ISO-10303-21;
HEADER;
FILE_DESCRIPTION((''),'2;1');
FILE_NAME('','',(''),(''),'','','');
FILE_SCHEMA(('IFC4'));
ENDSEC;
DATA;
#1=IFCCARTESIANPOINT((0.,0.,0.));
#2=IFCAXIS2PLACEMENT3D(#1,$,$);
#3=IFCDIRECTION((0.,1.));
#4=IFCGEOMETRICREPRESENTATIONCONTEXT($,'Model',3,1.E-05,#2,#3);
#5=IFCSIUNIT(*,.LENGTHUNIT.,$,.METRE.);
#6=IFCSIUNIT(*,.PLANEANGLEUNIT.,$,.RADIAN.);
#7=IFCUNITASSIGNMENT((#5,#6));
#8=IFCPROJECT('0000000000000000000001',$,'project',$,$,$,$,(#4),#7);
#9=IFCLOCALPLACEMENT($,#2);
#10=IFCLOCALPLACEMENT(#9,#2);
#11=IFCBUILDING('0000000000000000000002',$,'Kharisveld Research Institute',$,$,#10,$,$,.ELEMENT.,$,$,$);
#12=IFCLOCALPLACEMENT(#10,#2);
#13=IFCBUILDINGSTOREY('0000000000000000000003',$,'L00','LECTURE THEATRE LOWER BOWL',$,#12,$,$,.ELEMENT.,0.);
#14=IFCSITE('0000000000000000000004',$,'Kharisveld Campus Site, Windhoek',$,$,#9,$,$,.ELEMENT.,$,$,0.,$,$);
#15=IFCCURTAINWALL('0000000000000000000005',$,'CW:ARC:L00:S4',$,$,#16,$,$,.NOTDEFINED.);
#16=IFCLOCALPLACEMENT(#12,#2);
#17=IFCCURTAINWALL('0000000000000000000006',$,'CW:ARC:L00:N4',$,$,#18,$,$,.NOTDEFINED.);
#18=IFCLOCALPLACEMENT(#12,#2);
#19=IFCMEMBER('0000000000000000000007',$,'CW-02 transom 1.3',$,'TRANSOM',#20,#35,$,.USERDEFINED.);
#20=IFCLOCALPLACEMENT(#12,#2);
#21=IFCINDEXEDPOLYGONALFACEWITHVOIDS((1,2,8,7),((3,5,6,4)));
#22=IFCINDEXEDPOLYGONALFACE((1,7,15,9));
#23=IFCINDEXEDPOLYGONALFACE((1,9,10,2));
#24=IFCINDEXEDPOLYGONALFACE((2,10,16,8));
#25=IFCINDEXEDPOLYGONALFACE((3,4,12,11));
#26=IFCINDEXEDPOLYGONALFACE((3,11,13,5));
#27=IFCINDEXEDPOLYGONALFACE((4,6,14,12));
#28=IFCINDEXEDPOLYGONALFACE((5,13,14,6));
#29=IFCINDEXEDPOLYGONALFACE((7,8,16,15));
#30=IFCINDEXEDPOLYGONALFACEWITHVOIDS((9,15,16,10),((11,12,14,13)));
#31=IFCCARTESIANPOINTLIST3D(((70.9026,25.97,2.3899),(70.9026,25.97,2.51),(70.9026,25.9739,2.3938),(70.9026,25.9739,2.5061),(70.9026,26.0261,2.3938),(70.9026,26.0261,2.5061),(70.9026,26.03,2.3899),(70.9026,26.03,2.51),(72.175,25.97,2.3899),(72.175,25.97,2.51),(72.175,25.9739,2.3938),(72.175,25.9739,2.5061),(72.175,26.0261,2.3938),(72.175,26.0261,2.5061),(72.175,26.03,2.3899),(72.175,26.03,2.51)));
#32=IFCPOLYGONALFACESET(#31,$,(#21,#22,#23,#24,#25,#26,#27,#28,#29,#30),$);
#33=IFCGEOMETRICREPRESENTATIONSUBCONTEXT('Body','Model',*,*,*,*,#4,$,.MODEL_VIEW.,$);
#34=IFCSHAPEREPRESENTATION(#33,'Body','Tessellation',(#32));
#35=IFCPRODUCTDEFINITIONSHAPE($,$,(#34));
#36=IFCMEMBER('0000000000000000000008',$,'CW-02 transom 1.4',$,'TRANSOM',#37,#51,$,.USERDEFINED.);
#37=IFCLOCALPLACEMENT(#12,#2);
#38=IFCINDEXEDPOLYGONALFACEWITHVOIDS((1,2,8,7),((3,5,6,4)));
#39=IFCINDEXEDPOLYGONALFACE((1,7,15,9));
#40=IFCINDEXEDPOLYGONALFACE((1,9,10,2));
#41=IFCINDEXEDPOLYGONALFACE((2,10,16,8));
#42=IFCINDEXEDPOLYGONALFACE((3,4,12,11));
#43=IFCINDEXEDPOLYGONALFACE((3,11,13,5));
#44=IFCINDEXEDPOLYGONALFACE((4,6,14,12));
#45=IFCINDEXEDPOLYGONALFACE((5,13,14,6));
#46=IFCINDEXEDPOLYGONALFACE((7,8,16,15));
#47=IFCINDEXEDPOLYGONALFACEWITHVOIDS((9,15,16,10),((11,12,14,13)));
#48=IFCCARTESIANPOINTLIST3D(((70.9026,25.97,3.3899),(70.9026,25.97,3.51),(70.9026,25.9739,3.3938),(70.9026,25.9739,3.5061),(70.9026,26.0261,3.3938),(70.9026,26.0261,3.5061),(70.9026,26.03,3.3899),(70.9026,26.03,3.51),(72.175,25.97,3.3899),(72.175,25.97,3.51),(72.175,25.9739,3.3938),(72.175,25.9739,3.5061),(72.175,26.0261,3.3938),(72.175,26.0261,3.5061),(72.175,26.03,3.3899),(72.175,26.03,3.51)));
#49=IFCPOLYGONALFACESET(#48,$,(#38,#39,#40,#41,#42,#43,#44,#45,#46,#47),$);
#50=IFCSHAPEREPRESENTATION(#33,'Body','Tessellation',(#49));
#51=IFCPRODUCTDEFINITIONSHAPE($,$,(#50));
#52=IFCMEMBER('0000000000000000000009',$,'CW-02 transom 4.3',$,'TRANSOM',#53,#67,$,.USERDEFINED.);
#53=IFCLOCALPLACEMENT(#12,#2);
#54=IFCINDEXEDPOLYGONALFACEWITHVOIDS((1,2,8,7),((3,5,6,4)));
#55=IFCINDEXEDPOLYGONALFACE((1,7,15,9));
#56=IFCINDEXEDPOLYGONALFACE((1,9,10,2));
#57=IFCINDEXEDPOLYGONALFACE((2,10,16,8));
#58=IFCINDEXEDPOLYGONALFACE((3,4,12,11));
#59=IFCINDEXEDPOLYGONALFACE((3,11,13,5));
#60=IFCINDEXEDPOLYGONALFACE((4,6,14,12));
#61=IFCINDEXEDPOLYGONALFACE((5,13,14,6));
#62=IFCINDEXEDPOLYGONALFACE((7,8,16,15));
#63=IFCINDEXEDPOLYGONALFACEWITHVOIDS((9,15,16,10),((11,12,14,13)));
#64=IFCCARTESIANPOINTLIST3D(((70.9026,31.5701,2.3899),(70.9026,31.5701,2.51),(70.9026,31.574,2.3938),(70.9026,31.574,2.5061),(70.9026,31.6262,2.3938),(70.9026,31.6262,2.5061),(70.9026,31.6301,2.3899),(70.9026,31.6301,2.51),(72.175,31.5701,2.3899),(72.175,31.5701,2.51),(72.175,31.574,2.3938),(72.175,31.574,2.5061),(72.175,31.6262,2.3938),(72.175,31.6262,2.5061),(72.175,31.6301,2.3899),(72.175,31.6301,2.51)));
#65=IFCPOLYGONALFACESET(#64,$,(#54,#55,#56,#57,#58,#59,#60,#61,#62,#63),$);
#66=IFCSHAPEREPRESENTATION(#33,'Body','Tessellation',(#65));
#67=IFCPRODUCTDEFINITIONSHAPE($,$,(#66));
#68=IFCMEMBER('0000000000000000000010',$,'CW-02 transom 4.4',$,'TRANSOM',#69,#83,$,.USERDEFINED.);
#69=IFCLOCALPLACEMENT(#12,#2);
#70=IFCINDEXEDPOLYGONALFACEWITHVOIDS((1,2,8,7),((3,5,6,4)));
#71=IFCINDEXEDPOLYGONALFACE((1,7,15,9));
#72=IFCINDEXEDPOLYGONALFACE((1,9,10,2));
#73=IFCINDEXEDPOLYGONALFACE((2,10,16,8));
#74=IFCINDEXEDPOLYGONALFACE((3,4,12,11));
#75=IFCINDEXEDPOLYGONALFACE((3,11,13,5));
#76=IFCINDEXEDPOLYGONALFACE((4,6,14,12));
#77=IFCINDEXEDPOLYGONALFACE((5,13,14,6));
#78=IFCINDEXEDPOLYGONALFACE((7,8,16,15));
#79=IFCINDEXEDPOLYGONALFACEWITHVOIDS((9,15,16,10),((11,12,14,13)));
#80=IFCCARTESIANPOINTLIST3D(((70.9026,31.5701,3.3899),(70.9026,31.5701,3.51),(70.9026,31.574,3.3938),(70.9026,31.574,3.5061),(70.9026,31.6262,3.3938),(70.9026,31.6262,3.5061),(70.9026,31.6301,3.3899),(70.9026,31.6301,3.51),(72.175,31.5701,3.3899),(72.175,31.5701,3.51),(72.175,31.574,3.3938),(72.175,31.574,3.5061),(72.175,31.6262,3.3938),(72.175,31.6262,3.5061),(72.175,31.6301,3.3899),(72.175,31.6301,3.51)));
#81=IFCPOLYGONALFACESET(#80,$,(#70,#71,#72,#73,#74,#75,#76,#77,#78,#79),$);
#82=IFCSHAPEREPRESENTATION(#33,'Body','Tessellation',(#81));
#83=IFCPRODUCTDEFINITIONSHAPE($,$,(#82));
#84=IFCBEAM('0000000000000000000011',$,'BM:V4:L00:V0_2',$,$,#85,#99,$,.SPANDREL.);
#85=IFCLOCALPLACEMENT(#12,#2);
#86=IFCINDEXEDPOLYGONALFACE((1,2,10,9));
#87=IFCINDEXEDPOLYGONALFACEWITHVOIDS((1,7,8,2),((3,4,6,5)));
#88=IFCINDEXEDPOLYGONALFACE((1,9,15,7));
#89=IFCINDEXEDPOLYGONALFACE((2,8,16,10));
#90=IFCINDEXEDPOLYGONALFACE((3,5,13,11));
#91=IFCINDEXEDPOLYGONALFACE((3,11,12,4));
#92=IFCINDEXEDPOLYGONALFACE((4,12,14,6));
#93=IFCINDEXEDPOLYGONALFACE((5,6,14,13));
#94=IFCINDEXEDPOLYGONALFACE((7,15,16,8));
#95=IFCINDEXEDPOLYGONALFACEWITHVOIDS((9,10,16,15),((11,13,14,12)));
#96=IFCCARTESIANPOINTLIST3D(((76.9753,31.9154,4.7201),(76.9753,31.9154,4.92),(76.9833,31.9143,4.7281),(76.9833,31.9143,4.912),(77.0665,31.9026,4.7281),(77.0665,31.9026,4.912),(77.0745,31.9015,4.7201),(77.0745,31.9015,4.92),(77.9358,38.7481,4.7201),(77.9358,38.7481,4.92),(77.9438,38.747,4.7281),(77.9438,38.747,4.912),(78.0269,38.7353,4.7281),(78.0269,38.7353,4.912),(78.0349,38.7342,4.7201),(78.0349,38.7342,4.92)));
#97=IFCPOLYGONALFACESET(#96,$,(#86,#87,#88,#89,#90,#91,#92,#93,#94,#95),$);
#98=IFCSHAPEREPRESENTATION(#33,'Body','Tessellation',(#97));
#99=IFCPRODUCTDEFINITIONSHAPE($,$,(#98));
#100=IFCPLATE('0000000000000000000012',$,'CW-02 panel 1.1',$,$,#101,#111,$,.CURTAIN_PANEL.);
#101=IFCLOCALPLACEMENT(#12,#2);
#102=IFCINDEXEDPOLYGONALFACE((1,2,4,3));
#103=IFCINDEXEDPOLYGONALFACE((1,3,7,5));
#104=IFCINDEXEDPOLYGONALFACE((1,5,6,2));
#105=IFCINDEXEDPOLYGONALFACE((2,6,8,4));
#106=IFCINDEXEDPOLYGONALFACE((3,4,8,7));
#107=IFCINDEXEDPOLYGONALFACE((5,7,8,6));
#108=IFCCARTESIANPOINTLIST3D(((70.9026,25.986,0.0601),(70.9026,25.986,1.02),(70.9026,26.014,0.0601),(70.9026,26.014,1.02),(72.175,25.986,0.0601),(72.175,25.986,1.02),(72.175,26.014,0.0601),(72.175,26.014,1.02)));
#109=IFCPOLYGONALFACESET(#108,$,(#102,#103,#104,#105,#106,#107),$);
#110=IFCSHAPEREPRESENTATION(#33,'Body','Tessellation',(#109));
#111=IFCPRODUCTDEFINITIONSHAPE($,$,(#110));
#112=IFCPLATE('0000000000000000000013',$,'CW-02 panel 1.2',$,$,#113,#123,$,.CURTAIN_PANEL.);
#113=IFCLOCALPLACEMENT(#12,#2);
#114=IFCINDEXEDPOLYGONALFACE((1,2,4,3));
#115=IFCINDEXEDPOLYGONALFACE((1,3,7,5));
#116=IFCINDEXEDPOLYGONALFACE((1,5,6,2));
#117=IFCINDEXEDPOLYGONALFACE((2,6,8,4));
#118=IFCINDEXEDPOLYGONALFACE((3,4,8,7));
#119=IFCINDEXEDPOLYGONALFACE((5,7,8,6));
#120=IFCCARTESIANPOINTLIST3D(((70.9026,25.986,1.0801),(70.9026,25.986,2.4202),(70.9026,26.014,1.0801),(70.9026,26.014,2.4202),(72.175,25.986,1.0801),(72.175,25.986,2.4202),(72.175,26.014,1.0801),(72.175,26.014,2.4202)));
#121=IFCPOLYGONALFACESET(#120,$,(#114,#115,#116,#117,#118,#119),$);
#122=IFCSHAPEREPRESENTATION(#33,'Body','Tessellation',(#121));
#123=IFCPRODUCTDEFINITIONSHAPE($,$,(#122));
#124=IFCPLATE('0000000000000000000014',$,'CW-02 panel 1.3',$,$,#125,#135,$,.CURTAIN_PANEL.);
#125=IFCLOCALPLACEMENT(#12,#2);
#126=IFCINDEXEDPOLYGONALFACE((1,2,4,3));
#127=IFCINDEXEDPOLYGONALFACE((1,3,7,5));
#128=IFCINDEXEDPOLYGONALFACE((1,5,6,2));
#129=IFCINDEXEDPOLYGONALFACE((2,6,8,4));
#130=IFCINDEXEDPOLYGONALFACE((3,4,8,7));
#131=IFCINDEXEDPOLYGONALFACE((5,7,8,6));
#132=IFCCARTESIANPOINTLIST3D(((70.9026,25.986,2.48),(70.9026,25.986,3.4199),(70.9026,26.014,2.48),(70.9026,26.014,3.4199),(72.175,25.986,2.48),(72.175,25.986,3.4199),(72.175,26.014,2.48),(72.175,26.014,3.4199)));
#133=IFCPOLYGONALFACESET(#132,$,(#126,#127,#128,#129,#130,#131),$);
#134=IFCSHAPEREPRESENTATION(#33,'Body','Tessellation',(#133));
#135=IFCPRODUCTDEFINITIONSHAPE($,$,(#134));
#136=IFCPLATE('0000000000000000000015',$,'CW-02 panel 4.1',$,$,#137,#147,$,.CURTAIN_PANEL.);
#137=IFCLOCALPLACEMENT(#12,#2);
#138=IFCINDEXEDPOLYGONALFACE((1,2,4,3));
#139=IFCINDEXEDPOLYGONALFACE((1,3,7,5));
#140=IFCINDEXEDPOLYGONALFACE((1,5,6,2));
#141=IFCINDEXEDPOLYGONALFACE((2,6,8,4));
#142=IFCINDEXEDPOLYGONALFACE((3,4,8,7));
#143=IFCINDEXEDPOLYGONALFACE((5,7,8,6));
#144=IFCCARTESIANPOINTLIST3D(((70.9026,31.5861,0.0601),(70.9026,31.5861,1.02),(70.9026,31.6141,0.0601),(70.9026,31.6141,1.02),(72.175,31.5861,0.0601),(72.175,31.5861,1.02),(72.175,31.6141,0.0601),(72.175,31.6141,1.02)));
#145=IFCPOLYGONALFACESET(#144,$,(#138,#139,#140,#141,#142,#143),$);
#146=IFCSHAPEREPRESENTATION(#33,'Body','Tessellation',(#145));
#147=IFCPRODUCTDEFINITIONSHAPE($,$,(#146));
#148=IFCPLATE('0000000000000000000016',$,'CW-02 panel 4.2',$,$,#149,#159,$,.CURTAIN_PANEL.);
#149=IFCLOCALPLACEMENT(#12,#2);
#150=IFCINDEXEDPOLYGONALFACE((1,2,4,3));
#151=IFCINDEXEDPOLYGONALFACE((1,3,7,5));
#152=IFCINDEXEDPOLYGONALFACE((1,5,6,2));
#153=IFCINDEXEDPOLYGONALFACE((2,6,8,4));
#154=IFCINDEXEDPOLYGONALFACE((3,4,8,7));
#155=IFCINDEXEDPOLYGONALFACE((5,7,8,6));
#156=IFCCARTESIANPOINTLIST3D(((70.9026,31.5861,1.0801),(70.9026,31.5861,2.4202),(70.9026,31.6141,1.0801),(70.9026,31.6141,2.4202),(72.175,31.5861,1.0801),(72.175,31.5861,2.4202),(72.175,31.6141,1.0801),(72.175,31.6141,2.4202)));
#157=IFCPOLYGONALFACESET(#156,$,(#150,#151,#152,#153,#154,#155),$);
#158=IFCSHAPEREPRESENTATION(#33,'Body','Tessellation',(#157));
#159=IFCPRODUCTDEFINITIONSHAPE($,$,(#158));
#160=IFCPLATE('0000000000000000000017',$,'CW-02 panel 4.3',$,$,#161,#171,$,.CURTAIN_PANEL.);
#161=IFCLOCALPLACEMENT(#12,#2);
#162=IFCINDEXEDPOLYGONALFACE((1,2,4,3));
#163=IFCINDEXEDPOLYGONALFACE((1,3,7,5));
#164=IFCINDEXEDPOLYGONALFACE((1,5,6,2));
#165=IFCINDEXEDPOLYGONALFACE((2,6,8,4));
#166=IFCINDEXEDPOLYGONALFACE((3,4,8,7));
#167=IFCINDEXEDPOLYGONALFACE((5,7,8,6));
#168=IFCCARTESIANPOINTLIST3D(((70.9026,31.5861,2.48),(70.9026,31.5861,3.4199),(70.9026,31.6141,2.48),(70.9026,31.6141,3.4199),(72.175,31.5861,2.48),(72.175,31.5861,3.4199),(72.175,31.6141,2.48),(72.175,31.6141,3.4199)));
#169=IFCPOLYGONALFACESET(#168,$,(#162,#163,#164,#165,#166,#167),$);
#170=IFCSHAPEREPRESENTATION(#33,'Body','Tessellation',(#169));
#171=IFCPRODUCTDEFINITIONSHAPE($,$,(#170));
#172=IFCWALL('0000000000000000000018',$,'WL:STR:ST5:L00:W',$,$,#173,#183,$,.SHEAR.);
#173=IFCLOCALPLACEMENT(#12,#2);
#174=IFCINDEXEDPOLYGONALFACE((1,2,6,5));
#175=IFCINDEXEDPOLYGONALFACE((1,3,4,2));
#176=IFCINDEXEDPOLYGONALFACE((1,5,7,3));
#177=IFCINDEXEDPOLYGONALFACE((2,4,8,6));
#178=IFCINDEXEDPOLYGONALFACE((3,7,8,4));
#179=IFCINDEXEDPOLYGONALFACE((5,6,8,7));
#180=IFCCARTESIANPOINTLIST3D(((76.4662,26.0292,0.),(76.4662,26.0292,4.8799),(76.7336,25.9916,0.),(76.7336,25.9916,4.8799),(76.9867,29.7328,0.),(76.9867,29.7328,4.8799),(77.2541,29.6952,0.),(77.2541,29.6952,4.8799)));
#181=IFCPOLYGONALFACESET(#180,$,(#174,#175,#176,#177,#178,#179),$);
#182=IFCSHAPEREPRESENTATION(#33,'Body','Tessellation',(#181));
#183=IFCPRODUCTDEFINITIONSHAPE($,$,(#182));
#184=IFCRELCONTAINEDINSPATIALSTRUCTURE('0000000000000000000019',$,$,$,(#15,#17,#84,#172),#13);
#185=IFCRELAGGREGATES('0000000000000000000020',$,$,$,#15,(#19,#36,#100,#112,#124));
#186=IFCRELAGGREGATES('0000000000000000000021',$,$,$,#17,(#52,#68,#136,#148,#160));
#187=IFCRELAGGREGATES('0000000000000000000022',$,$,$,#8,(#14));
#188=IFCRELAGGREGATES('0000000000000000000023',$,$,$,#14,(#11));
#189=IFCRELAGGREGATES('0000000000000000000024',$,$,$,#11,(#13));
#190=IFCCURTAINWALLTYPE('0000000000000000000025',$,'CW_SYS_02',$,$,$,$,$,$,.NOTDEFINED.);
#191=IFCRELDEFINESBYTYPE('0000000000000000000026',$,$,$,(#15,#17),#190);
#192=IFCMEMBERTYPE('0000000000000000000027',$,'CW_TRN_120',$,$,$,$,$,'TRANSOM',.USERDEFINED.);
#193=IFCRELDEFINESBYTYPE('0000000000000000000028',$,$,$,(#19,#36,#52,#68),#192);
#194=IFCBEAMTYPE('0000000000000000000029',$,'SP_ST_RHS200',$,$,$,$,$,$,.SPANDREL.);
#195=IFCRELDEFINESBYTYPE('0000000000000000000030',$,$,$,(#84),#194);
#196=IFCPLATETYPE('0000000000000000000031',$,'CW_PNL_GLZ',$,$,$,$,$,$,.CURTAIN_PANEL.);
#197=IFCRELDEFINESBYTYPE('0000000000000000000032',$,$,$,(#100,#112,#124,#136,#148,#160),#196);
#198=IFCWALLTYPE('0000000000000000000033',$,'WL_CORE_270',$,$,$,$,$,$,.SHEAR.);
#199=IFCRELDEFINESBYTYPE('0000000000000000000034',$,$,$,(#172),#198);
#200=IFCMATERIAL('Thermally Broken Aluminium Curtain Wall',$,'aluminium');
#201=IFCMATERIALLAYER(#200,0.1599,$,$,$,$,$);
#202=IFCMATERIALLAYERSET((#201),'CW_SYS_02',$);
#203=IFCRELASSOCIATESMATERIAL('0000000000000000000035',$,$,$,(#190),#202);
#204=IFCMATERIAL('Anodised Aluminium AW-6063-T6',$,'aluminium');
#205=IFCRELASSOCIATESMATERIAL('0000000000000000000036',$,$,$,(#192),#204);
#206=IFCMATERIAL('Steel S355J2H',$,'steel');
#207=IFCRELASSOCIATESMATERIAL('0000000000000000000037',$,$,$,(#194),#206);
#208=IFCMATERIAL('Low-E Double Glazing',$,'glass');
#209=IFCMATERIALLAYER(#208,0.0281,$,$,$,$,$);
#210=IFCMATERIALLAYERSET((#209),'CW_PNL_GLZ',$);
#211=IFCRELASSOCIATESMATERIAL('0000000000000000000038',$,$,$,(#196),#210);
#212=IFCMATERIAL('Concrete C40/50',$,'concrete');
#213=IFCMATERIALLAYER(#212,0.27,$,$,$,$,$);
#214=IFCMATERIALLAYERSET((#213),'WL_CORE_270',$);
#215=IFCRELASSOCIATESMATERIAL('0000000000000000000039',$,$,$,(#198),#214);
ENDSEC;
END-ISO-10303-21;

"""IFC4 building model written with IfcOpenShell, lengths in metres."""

from ifc_helpers import new_model, si_unit, direction, frame, frame_2d, origin, origin_2d, place, context, subcontext, project, spatial, rectangle, hollow_rectangle, extrude, material, layer, layer_set, material_profile, profile_set, type_object, element, aggregate, save


model = new_model("IFC4")

# Units and contexts
model_context = context("Model", 3, precision=1e-05, world=origin(), true_north=direction((0.0, 1.0)))
body_context = subcontext(model_context, "Body", "Model", "MODEL_VIEW")
ifc_project = project(units=[si_unit("LENGTHUNIT", "METRE"), si_unit("PLANEANGLEUNIT", "RADIAN")], contexts=[model_context])

# Site, building, storey
site_placement = place(None, origin())
site = spatial("IfcSite", under=ifc_project, at=site_placement, Name="Kharisveld Campus Site, Windhoek", CompositionType="ELEMENT", RefElevation=0.0)
building_placement = place(site_placement, origin())
building = spatial("IfcBuilding", under=site, at=building_placement, Name="Kharisveld Research Institute", CompositionType="ELEMENT")
storey_placement = place(building_placement, origin())
storey = spatial("IfcBuildingStorey", under=building, at=storey_placement, Name="L00", Description="LECTURE THEATRE LOWER BOWL", CompositionType="ELEMENT", Elevation=0.0)

# Curtain walls
ifc_material_1 = material(Name="Thermally Broken Aluminium Curtain Wall", Category="aluminium")
ifc_layer_1 = layer(ifc_material_1, 0.1599)
ifc_layer_set_1 = layer_set([ifc_layer_1], Name="CW_SYS_02")
curtain_wall_type = type_object("IfcCurtainWallType", Name="CW_SYS_02", PredefinedType="NOTDEFINED", material=ifc_layer_set_1)
curtain_wall_1_placement = place(storey_placement, origin())
curtain_wall_1 = element("IfcCurtainWall", 1, at=curtain_wall_1_placement, inside=storey, type_object=curtain_wall_type, Name="CW:ARC:L00:S4", PredefinedType="NOTDEFINED")
curtain_wall_2_placement = place(storey_placement, origin())
curtain_wall_2 = element("IfcCurtainWall", 2, at=curtain_wall_2_placement, inside=storey, type_object=curtain_wall_type, Name="CW:ARC:L00:N4", PredefinedType="NOTDEFINED")

# Members
ifc_material_2 = material(Name="Anodised Aluminium AW-6063-T6", Category="aluminium")
ifc_material_profile_1 = material_profile(ifc_material_2, hollow_rectangle(XDim=0.0601, YDim=0.1201, WallThickness=0.0039, at=origin_2d()))
ifc_profile_set_1 = profile_set([ifc_material_profile_1], Name="Anodised Aluminium AW-6063-T6")
member_type_1 = type_object("IfcMemberType", Name="CW_TRN_120", ElementType="TRANSOM", PredefinedType="USERDEFINED", material=ifc_profile_set_1)
member_1_placement = place(storey_placement, frame((72.175, 26.0, 2.45), z_axis=(-1.0, 0.0, 0.0), x_axis=(0.0, -1.0, 0.0)))
member_1 = element("IfcMember", 3, at=member_1_placement, type_object=member_type_1, Name="CW-02 transom 1.3", ObjectType="TRANSOM", PredefinedType="USERDEFINED", context=body_context, shape_type="SweptSolid", body=[
    extrude(hollow_rectangle(XDim=0.0601, YDim=0.1201, WallThickness=0.0039, at=origin_2d()), origin(), (0.0, 0.0, 1.0), 1.2725),
])
member_2_placement = place(storey_placement, frame((72.175, 26.0, 3.45), z_axis=(-1.0, 0.0, 0.0), x_axis=(0.0, -1.0, 0.0)))
member_2 = element("IfcMember", 4, at=member_2_placement, type_object=member_type_1, Name="CW-02 transom 1.4", ObjectType="TRANSOM", PredefinedType="USERDEFINED", context=body_context, shape_type="SweptSolid", body=[
    extrude(hollow_rectangle(XDim=0.0601, YDim=0.1201, WallThickness=0.0039, at=origin_2d()), origin(), (0.0, 0.0, 1.0), 1.2725),
])
member_3_placement = place(storey_placement, frame((70.9026, 31.6001, 2.45), z_axis=(1.0, 0.0, 0.0), x_axis=(0.0, 1.0, 0.0)))
member_3 = element("IfcMember", 5, at=member_3_placement, type_object=member_type_1, Name="CW-02 transom 4.3", ObjectType="TRANSOM", PredefinedType="USERDEFINED", context=body_context, shape_type="SweptSolid", body=[
    extrude(hollow_rectangle(XDim=0.0601, YDim=0.1201, WallThickness=0.0039, at=origin_2d()), origin(), (0.0, 0.0, 1.0), 1.2725),
])
member_4_placement = place(storey_placement, frame((70.9026, 31.6001, 3.45), z_axis=(1.0, 0.0, 0.0), x_axis=(0.0, 1.0, 0.0)))
member_4 = element("IfcMember", 6, at=member_4_placement, type_object=member_type_1, Name="CW-02 transom 4.4", ObjectType="TRANSOM", PredefinedType="USERDEFINED", context=body_context, shape_type="SweptSolid", body=[
    extrude(hollow_rectangle(XDim=0.0601, YDim=0.1201, WallThickness=0.0039, at=origin_2d()), origin(), (0.0, 0.0, 1.0), 1.2725),
])

# Beam
ifc_material_3 = material(Name="Steel S355J2H", Category="steel")
ifc_material_profile_2 = material_profile(ifc_material_3, hollow_rectangle(XDim=0.1001, YDim=0.2, WallThickness=0.0081, at=origin_2d()))
ifc_profile_set_2 = profile_set([ifc_material_profile_2], Name="Steel S355J2H")
beam_type_1 = type_object("IfcBeamType", Name="SP_ST_RHS200", PredefinedType="SPANDREL", material=ifc_profile_set_2)
beam_1_placement = place(storey_placement, frame((77.0249, 31.9084, 4.8201), z_axis=(0.139197, 0.990265, 0.0), x_axis=(-0.990265, 0.139197, 0.0)))
element("IfcBeam", 7, at=beam_1_placement, inside=storey, type_object=beam_type_1, Name="BM:V4:L00:V0_2", PredefinedType="SPANDREL", context=body_context, shape_type="SweptSolid", body=[
    extrude(hollow_rectangle(XDim=0.1001, YDim=0.2, WallThickness=0.0081, at=origin_2d()), origin(), (0.0, 0.0, 1.0), 6.8999),
])

# Plates
ifc_material_4 = material(Name="Low-E Double Glazing", Category="glass")
ifc_layer_2 = layer(ifc_material_4, 0.0281)
ifc_layer_set_2 = layer_set([ifc_layer_2], Name="CW_PNL_GLZ")
plate_type = type_object("IfcPlateType", Name="CW_PNL_GLZ", PredefinedType="CURTAIN_PANEL", material=ifc_layer_set_2)
plate_1_placement = place(storey_placement, frame((71.5388, 26.0, 0.0601), z_axis=(0.0, 0.0, 1.0), x_axis=(-1.0, 0.0, 0.0)))
plate_1 = element("IfcPlate", 8, at=plate_1_placement, type_object=plate_type, Name="CW-02 panel 1.1", PredefinedType="CURTAIN_PANEL", context=body_context, shape_type="SweptSolid", body=[
    extrude(rectangle(XDim=1.2725, YDim=0.0281, at=origin_2d()), origin(), (0.0, 0.0, 1.0), 0.96),
])
plate_2_placement = place(storey_placement, frame((71.5388, 26.0, 1.0801), z_axis=(0.0, 0.0, 1.0), x_axis=(-1.0, 0.0, 0.0)))
plate_2 = element("IfcPlate", 9, at=plate_2_placement, type_object=plate_type, Name="CW-02 panel 1.2", PredefinedType="CURTAIN_PANEL", context=body_context, shape_type="SweptSolid", body=[
    extrude(rectangle(XDim=1.2725, YDim=0.0281, at=origin_2d()), origin(), (0.0, 0.0, 1.0), 1.3401),
])
plate_3_placement = place(storey_placement, frame((71.5388, 26.0, 2.48), z_axis=(0.0, 0.0, 1.0), x_axis=(-1.0, 0.0, 0.0)))
plate_3 = element("IfcPlate", 10, at=plate_3_placement, type_object=plate_type, Name="CW-02 panel 1.3", PredefinedType="CURTAIN_PANEL", context=body_context, shape_type="SweptSolid", body=[
    extrude(rectangle(XDim=1.2725, YDim=0.0281, at=origin_2d()), origin(), (0.0, 0.0, 1.0), 0.9399),
])
aggregate(curtain_wall_1, [member_1, member_2, plate_1, plate_2, plate_3])
plate_4_placement = place(storey_placement, frame((71.5388, 31.6001, 0.0601), z_axis=(0.0, 0.0, 1.0), x_axis=(1.0, 0.0, 0.0)))
plate_4 = element("IfcPlate", 11, at=plate_4_placement, type_object=plate_type, Name="CW-02 panel 4.1", PredefinedType="CURTAIN_PANEL", context=body_context, shape_type="SweptSolid", body=[
    extrude(rectangle(XDim=1.2725, YDim=0.0281, at=origin_2d()), origin(), (0.0, 0.0, 1.0), 0.96),
])
plate_5_placement = place(storey_placement, frame((71.5388, 31.6001, 1.0801), z_axis=(0.0, 0.0, 1.0), x_axis=(1.0, 0.0, 0.0)))
plate_5 = element("IfcPlate", 12, at=plate_5_placement, type_object=plate_type, Name="CW-02 panel 4.2", PredefinedType="CURTAIN_PANEL", context=body_context, shape_type="SweptSolid", body=[
    extrude(rectangle(XDim=1.2725, YDim=0.0281, at=origin_2d()), origin(), (0.0, 0.0, 1.0), 1.3401),
])
plate_6_placement = place(storey_placement, frame((71.5388, 31.6001, 2.48), z_axis=(0.0, 0.0, 1.0), x_axis=(1.0, 0.0, 0.0)))
plate_6 = element("IfcPlate", 13, at=plate_6_placement, type_object=plate_type, Name="CW-02 panel 4.3", PredefinedType="CURTAIN_PANEL", context=body_context, shape_type="SweptSolid", body=[
    extrude(rectangle(XDim=1.2725, YDim=0.0281, at=origin_2d()), origin(), (0.0, 0.0, 1.0), 0.9399),
])
aggregate(curtain_wall_2, [member_3, member_4, plate_4, plate_5, plate_6])

# Wall
ifc_material_5 = material(Name="Concrete C40/50", Category="concrete")
ifc_layer_3 = layer(ifc_material_5, 0.27)
ifc_layer_set_3 = layer_set([ifc_layer_3], Name="WL_CORE_270")
wall_type_1 = type_object("IfcWallType", Name="WL_CORE_270", PredefinedType="SHEAR", material=ifc_layer_set_3)
wall_1_placement = place(storey_placement, frame((76.5999, 26.0103, 0.0), z_axis=(0.0, 0.0, 1.0), x_axis=(0.139173, 0.990268, 0.0)))
element("IfcWall", 14, at=wall_1_placement, inside=storey, type_object=wall_type_1, Name="WL:STR:ST5:L00:W", PredefinedType="SHEAR", context=body_context, shape_type="SweptSolid", body=[
    extrude(rectangle(XDim=3.74, YDim=0.27, at=frame_2d((1.8701, 0.0))), origin(), (0.0, 0.0, 1.0), 4.8799),
])

save(model, "model.ifc")
